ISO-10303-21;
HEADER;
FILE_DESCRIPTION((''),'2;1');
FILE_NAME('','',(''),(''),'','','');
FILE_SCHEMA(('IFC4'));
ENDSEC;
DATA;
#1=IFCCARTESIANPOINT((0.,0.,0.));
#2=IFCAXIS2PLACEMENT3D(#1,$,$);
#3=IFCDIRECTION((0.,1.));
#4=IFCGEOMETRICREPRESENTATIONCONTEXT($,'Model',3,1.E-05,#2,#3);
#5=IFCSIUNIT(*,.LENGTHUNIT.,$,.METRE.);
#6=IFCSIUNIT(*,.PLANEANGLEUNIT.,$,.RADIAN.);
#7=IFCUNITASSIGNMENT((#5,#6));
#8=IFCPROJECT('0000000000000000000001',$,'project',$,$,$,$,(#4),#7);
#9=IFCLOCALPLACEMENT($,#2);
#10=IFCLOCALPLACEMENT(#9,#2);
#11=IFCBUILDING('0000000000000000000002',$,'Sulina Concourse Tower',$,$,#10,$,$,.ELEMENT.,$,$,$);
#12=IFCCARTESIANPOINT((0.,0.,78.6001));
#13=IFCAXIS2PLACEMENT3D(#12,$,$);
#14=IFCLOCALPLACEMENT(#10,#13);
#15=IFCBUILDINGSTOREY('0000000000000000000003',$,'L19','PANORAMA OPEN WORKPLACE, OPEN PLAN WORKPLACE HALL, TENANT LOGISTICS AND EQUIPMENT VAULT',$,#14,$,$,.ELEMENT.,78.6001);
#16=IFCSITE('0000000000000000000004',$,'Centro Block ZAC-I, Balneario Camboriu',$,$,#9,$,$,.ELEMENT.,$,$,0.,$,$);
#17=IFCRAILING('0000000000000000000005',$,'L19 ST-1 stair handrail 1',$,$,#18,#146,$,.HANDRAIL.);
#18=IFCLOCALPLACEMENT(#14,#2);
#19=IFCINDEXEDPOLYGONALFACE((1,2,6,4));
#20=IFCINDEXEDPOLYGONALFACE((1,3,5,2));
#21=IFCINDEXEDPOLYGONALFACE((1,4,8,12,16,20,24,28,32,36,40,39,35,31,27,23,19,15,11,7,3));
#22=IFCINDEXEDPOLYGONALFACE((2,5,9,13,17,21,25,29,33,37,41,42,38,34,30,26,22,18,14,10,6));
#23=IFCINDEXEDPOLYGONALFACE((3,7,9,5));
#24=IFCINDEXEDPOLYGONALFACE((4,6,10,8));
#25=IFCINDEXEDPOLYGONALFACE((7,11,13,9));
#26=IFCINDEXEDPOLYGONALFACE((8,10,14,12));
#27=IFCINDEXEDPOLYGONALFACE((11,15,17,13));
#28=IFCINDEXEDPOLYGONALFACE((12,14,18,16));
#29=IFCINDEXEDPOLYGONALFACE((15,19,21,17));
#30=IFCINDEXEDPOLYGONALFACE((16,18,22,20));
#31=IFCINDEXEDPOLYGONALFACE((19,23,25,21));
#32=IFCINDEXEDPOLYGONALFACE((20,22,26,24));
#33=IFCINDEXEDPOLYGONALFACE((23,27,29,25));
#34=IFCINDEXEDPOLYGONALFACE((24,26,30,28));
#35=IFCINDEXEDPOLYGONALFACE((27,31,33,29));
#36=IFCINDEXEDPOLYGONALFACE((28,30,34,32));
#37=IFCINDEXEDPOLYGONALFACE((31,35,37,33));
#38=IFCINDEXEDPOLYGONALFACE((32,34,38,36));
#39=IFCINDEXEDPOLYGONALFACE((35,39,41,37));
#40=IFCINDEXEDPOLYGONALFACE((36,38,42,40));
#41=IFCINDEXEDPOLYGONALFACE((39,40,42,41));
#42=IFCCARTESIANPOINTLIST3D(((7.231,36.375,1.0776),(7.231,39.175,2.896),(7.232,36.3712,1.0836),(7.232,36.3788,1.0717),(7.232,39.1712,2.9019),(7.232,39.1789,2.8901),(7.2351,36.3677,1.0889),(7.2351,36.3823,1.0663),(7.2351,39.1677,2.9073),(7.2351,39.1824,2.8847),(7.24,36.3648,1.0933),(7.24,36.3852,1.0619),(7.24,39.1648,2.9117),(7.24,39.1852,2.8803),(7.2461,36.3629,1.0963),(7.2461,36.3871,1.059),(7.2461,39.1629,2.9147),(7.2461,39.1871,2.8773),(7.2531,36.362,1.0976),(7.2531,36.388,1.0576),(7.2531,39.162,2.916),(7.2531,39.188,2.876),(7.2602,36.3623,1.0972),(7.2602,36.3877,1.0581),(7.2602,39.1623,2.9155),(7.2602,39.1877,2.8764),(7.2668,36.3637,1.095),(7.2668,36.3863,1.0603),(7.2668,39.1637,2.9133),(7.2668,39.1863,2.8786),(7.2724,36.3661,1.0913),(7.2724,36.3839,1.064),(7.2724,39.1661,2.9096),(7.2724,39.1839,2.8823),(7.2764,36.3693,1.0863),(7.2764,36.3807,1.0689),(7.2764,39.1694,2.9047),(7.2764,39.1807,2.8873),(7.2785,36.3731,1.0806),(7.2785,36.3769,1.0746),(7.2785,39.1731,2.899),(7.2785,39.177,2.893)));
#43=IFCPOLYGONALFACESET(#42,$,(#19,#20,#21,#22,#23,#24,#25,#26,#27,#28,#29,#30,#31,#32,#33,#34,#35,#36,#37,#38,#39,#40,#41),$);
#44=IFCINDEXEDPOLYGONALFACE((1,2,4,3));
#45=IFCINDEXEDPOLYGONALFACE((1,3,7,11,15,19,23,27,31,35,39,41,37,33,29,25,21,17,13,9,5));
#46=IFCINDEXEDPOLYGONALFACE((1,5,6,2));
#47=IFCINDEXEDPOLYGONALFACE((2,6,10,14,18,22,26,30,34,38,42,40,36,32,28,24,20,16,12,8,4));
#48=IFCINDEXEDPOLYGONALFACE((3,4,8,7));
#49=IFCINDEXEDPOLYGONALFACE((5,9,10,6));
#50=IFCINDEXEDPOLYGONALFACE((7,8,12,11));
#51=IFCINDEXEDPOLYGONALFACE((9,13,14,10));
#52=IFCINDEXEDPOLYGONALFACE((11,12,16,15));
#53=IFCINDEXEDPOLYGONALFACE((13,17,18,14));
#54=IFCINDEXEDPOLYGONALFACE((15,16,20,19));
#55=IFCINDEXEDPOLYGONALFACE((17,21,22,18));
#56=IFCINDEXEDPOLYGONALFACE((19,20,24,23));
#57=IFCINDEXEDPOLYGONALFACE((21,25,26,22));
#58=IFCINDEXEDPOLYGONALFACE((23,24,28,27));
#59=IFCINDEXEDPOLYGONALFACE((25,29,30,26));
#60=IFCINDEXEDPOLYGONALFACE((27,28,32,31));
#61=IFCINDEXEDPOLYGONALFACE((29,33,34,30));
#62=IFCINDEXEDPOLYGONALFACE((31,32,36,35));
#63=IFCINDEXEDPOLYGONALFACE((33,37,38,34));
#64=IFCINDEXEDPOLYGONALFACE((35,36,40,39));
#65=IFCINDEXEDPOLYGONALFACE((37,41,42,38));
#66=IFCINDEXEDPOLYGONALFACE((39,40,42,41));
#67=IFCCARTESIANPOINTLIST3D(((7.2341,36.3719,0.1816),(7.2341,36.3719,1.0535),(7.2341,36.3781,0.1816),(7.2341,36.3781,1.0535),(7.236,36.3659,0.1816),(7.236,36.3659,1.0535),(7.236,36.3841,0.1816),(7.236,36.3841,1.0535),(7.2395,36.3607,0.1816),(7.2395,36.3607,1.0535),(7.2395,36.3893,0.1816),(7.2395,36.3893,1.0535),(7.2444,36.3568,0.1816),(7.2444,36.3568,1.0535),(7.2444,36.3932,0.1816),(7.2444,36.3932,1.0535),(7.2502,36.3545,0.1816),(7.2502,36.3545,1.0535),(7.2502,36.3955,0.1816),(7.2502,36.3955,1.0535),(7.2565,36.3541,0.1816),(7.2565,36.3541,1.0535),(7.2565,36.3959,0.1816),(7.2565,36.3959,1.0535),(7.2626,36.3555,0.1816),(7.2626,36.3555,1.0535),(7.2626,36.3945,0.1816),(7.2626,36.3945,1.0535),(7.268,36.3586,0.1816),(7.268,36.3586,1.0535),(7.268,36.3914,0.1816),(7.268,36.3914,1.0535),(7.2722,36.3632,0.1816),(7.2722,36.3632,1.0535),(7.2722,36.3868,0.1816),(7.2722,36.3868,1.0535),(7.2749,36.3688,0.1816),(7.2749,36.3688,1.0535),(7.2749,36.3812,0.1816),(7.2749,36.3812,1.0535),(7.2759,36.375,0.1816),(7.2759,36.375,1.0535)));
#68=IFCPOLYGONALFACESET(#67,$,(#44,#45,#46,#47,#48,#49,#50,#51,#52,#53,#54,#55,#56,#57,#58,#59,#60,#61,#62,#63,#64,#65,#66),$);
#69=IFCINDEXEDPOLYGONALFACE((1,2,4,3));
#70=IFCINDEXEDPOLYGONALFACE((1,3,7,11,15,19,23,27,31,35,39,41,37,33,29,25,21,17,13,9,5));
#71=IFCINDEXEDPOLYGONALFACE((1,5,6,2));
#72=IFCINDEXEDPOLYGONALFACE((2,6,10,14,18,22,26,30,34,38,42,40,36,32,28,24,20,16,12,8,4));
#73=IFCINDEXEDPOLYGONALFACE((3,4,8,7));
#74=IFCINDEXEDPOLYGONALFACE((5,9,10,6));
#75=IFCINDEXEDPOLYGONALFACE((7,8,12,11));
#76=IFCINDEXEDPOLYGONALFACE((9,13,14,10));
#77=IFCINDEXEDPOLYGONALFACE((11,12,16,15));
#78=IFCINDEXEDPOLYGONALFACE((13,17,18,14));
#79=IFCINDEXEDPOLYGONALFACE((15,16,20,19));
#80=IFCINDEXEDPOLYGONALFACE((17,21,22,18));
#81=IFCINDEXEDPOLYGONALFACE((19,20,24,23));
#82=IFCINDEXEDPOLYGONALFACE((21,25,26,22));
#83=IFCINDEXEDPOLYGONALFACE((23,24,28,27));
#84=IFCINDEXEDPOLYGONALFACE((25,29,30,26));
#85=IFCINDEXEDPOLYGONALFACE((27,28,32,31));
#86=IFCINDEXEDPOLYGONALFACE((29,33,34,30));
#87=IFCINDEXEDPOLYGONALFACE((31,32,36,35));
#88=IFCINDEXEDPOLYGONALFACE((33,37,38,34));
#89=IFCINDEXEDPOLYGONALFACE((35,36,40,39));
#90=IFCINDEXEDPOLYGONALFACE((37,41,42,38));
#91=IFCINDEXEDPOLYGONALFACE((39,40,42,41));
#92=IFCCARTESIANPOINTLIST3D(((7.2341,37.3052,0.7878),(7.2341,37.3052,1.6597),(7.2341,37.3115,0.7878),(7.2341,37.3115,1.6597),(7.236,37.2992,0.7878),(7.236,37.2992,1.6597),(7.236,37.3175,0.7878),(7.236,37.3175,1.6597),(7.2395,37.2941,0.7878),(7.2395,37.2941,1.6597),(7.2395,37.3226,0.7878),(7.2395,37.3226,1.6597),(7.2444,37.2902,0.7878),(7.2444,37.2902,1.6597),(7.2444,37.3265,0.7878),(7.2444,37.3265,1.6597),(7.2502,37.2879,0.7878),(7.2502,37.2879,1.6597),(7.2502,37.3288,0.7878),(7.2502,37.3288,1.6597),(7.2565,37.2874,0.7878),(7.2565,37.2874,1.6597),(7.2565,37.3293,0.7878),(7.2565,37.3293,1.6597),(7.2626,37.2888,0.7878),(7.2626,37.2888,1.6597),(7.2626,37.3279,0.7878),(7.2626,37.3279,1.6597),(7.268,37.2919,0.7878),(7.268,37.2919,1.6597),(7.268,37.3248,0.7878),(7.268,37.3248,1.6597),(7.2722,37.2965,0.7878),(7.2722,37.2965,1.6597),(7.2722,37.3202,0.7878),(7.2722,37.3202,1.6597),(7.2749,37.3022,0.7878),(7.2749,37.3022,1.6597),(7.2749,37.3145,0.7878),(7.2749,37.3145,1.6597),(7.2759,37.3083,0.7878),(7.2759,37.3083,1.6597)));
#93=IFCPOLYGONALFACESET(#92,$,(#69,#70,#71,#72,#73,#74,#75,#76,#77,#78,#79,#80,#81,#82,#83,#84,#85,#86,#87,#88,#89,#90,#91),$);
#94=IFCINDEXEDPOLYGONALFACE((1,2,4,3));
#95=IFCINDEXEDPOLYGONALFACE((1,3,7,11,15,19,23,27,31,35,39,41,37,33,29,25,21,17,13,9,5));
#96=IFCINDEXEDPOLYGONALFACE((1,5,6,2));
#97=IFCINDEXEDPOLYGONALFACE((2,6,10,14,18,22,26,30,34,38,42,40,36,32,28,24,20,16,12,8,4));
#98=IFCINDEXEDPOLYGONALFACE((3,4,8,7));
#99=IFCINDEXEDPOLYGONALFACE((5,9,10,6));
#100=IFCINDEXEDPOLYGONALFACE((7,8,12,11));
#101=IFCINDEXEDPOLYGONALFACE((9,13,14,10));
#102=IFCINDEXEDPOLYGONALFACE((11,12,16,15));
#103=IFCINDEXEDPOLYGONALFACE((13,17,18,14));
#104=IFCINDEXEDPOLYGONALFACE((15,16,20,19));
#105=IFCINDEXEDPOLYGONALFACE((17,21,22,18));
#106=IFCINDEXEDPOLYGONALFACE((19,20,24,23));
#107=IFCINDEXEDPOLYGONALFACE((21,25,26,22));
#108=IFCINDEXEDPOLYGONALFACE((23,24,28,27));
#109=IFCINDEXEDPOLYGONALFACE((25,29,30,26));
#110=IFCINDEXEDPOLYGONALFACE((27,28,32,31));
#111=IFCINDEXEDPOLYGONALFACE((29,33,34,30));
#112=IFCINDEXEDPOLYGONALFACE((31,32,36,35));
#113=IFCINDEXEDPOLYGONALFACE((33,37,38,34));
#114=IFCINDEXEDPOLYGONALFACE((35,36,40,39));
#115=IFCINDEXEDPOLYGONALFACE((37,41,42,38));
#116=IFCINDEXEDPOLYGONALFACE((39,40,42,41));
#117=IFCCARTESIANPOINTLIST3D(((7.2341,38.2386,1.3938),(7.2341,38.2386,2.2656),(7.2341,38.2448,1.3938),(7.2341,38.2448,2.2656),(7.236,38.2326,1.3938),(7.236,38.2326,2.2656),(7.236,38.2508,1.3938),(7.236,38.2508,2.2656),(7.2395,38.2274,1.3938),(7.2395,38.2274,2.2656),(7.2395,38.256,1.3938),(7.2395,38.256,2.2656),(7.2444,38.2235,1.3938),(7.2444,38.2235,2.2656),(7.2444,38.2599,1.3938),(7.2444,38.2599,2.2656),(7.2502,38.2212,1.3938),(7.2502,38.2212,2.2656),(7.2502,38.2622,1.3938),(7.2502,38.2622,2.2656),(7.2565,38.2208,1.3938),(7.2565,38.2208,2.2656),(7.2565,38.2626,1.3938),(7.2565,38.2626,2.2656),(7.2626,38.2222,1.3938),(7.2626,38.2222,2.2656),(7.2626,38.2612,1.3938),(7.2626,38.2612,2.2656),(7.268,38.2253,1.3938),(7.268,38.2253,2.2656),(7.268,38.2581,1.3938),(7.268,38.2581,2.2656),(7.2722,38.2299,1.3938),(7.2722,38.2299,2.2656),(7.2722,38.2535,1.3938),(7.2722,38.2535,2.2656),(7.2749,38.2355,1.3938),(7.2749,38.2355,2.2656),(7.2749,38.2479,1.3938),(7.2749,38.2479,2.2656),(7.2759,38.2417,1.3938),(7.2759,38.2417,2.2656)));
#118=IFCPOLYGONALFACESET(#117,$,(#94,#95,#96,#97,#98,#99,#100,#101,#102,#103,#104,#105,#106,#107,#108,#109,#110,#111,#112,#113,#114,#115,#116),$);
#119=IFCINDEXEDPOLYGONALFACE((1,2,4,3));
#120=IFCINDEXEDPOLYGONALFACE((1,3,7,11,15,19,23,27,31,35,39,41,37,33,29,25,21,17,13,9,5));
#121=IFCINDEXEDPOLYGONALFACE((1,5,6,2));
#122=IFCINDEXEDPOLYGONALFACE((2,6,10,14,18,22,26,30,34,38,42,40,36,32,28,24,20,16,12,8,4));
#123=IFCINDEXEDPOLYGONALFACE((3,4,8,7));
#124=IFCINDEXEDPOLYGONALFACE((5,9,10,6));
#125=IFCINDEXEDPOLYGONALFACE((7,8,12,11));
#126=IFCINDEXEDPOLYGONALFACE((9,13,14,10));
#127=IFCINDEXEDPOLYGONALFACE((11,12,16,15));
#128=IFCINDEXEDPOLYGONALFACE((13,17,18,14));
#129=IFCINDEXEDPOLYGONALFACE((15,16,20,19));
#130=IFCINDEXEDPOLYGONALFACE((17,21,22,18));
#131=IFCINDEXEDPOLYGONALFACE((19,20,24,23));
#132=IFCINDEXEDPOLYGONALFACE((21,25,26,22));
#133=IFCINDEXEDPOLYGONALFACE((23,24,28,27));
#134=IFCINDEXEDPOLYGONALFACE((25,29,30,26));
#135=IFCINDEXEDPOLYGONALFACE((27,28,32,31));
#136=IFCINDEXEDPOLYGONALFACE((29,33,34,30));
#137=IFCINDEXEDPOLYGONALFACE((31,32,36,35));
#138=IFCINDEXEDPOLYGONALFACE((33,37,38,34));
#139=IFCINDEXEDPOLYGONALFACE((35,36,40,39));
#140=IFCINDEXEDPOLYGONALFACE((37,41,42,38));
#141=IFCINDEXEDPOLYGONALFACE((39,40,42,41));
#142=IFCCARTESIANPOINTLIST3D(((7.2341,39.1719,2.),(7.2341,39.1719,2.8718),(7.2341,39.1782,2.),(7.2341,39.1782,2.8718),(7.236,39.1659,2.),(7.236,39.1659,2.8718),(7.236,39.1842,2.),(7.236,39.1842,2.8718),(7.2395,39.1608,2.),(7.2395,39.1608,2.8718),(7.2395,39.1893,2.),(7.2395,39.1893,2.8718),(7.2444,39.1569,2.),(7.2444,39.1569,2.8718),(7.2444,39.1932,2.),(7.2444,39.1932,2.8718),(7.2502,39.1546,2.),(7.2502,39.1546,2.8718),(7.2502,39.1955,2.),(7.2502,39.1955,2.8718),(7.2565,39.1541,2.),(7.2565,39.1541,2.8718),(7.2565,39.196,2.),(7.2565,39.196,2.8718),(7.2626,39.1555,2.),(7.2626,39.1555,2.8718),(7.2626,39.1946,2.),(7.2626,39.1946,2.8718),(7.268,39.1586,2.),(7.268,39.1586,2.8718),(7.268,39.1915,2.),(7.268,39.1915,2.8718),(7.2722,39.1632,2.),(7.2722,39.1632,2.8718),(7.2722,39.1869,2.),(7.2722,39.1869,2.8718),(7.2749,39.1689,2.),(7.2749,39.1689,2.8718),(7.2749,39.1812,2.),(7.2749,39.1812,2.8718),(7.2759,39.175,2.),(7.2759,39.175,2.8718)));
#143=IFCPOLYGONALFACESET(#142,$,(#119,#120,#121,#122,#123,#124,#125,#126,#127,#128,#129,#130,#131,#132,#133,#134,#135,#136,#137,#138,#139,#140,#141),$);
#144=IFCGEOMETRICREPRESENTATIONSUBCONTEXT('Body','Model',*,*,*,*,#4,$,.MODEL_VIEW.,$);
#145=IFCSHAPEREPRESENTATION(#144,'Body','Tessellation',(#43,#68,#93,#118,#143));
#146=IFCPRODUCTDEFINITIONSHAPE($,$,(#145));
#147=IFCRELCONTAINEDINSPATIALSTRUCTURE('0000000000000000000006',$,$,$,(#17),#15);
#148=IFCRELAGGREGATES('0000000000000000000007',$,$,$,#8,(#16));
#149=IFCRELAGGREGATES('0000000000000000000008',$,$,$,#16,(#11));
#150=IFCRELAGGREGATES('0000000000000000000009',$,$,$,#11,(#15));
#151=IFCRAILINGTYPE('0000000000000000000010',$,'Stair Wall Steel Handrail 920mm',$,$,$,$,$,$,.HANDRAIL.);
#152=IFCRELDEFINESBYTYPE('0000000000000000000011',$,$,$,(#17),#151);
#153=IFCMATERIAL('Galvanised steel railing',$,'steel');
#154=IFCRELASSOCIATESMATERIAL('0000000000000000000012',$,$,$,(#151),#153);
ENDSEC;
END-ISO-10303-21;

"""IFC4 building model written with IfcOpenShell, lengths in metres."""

from ifc_helpers import new_model, si_unit, direction, frame, origin, origin_2d, place, context, subcontext, project, spatial, circle, extrude, material, type_object, element, save


model = new_model("IFC4")

# Units and contexts
model_context = context("Model", 3, precision=1e-05, world=origin(), true_north=direction((0.0, 1.0)))
body_context = subcontext(model_context, "Body", "Model", "MODEL_VIEW")
ifc_project = project(units=[si_unit("LENGTHUNIT", "METRE"), si_unit("PLANEANGLEUNIT", "RADIAN")], contexts=[model_context])

# Site, building, storey
site_placement = place(None, origin())
site = spatial("IfcSite", under=ifc_project, at=site_placement, Name="Centro Block ZAC-I, Balneario Camboriu", CompositionType="ELEMENT", RefElevation=0.0)
building_placement = place(site_placement, origin())
building = spatial("IfcBuilding", under=site, at=building_placement, Name="Sulina Concourse Tower", CompositionType="ELEMENT")
storey_placement = place(building_placement, frame((0.0, 0.0, 78.6001)))
storey = spatial("IfcBuildingStorey", under=building, at=storey_placement, Name="L19", Description="PANORAMA OPEN WORKPLACE, OPEN PLAN WORKPLACE HALL, TENANT LOGISTICS AND EQUIPMENT VAULT", CompositionType="ELEMENT", Elevation=78.6001)

# Railing
ifc_material_1 = material(Name="Galvanised steel railing", Category="steel")
railing_type_1 = type_object("IfcRailingType", Name="Stair Wall Steel Handrail 920mm", PredefinedType="HANDRAIL", material=ifc_material_1)
railing_1_placement = place(storey_placement, frame((7.2549, 36.375, 0.1816)))
element("IfcRailing", 1, at=railing_1_placement, inside=storey, type_object=railing_type_1, Name="L19 ST-1 stair handrail 1", PredefinedType="HANDRAIL", context=body_context, shape_type="SweptSolid", body=[
    extrude(circle(Radius=0.0239, at=origin_2d()), frame((0.0, 0.0, 0.896), z_axis=(0.0, 0.838672, 0.544636), x_axis=(-1.0, 0.0, 0.0)), (0.0, 0.0, 1.0), 3.3386),
    extrude(circle(Radius=0.021, at=origin_2d()), origin(), (0.0, 0.0, 1.0), 0.8718),
    extrude(circle(Radius=0.021, at=origin_2d()), frame((0.0, 0.9333, 0.6062)), (0.0, 0.0, 1.0), 0.8718),
    extrude(circle(Radius=0.021, at=origin_2d()), frame((0.0, 1.8667, 1.2122)), (0.0, 0.0, 1.0), 0.8718),
    extrude(circle(Radius=0.021, at=origin_2d()), frame((0.0, 2.8, 1.8184)), (0.0, 0.0, 1.0), 0.8718),
])

save(model, "model.ifc")
